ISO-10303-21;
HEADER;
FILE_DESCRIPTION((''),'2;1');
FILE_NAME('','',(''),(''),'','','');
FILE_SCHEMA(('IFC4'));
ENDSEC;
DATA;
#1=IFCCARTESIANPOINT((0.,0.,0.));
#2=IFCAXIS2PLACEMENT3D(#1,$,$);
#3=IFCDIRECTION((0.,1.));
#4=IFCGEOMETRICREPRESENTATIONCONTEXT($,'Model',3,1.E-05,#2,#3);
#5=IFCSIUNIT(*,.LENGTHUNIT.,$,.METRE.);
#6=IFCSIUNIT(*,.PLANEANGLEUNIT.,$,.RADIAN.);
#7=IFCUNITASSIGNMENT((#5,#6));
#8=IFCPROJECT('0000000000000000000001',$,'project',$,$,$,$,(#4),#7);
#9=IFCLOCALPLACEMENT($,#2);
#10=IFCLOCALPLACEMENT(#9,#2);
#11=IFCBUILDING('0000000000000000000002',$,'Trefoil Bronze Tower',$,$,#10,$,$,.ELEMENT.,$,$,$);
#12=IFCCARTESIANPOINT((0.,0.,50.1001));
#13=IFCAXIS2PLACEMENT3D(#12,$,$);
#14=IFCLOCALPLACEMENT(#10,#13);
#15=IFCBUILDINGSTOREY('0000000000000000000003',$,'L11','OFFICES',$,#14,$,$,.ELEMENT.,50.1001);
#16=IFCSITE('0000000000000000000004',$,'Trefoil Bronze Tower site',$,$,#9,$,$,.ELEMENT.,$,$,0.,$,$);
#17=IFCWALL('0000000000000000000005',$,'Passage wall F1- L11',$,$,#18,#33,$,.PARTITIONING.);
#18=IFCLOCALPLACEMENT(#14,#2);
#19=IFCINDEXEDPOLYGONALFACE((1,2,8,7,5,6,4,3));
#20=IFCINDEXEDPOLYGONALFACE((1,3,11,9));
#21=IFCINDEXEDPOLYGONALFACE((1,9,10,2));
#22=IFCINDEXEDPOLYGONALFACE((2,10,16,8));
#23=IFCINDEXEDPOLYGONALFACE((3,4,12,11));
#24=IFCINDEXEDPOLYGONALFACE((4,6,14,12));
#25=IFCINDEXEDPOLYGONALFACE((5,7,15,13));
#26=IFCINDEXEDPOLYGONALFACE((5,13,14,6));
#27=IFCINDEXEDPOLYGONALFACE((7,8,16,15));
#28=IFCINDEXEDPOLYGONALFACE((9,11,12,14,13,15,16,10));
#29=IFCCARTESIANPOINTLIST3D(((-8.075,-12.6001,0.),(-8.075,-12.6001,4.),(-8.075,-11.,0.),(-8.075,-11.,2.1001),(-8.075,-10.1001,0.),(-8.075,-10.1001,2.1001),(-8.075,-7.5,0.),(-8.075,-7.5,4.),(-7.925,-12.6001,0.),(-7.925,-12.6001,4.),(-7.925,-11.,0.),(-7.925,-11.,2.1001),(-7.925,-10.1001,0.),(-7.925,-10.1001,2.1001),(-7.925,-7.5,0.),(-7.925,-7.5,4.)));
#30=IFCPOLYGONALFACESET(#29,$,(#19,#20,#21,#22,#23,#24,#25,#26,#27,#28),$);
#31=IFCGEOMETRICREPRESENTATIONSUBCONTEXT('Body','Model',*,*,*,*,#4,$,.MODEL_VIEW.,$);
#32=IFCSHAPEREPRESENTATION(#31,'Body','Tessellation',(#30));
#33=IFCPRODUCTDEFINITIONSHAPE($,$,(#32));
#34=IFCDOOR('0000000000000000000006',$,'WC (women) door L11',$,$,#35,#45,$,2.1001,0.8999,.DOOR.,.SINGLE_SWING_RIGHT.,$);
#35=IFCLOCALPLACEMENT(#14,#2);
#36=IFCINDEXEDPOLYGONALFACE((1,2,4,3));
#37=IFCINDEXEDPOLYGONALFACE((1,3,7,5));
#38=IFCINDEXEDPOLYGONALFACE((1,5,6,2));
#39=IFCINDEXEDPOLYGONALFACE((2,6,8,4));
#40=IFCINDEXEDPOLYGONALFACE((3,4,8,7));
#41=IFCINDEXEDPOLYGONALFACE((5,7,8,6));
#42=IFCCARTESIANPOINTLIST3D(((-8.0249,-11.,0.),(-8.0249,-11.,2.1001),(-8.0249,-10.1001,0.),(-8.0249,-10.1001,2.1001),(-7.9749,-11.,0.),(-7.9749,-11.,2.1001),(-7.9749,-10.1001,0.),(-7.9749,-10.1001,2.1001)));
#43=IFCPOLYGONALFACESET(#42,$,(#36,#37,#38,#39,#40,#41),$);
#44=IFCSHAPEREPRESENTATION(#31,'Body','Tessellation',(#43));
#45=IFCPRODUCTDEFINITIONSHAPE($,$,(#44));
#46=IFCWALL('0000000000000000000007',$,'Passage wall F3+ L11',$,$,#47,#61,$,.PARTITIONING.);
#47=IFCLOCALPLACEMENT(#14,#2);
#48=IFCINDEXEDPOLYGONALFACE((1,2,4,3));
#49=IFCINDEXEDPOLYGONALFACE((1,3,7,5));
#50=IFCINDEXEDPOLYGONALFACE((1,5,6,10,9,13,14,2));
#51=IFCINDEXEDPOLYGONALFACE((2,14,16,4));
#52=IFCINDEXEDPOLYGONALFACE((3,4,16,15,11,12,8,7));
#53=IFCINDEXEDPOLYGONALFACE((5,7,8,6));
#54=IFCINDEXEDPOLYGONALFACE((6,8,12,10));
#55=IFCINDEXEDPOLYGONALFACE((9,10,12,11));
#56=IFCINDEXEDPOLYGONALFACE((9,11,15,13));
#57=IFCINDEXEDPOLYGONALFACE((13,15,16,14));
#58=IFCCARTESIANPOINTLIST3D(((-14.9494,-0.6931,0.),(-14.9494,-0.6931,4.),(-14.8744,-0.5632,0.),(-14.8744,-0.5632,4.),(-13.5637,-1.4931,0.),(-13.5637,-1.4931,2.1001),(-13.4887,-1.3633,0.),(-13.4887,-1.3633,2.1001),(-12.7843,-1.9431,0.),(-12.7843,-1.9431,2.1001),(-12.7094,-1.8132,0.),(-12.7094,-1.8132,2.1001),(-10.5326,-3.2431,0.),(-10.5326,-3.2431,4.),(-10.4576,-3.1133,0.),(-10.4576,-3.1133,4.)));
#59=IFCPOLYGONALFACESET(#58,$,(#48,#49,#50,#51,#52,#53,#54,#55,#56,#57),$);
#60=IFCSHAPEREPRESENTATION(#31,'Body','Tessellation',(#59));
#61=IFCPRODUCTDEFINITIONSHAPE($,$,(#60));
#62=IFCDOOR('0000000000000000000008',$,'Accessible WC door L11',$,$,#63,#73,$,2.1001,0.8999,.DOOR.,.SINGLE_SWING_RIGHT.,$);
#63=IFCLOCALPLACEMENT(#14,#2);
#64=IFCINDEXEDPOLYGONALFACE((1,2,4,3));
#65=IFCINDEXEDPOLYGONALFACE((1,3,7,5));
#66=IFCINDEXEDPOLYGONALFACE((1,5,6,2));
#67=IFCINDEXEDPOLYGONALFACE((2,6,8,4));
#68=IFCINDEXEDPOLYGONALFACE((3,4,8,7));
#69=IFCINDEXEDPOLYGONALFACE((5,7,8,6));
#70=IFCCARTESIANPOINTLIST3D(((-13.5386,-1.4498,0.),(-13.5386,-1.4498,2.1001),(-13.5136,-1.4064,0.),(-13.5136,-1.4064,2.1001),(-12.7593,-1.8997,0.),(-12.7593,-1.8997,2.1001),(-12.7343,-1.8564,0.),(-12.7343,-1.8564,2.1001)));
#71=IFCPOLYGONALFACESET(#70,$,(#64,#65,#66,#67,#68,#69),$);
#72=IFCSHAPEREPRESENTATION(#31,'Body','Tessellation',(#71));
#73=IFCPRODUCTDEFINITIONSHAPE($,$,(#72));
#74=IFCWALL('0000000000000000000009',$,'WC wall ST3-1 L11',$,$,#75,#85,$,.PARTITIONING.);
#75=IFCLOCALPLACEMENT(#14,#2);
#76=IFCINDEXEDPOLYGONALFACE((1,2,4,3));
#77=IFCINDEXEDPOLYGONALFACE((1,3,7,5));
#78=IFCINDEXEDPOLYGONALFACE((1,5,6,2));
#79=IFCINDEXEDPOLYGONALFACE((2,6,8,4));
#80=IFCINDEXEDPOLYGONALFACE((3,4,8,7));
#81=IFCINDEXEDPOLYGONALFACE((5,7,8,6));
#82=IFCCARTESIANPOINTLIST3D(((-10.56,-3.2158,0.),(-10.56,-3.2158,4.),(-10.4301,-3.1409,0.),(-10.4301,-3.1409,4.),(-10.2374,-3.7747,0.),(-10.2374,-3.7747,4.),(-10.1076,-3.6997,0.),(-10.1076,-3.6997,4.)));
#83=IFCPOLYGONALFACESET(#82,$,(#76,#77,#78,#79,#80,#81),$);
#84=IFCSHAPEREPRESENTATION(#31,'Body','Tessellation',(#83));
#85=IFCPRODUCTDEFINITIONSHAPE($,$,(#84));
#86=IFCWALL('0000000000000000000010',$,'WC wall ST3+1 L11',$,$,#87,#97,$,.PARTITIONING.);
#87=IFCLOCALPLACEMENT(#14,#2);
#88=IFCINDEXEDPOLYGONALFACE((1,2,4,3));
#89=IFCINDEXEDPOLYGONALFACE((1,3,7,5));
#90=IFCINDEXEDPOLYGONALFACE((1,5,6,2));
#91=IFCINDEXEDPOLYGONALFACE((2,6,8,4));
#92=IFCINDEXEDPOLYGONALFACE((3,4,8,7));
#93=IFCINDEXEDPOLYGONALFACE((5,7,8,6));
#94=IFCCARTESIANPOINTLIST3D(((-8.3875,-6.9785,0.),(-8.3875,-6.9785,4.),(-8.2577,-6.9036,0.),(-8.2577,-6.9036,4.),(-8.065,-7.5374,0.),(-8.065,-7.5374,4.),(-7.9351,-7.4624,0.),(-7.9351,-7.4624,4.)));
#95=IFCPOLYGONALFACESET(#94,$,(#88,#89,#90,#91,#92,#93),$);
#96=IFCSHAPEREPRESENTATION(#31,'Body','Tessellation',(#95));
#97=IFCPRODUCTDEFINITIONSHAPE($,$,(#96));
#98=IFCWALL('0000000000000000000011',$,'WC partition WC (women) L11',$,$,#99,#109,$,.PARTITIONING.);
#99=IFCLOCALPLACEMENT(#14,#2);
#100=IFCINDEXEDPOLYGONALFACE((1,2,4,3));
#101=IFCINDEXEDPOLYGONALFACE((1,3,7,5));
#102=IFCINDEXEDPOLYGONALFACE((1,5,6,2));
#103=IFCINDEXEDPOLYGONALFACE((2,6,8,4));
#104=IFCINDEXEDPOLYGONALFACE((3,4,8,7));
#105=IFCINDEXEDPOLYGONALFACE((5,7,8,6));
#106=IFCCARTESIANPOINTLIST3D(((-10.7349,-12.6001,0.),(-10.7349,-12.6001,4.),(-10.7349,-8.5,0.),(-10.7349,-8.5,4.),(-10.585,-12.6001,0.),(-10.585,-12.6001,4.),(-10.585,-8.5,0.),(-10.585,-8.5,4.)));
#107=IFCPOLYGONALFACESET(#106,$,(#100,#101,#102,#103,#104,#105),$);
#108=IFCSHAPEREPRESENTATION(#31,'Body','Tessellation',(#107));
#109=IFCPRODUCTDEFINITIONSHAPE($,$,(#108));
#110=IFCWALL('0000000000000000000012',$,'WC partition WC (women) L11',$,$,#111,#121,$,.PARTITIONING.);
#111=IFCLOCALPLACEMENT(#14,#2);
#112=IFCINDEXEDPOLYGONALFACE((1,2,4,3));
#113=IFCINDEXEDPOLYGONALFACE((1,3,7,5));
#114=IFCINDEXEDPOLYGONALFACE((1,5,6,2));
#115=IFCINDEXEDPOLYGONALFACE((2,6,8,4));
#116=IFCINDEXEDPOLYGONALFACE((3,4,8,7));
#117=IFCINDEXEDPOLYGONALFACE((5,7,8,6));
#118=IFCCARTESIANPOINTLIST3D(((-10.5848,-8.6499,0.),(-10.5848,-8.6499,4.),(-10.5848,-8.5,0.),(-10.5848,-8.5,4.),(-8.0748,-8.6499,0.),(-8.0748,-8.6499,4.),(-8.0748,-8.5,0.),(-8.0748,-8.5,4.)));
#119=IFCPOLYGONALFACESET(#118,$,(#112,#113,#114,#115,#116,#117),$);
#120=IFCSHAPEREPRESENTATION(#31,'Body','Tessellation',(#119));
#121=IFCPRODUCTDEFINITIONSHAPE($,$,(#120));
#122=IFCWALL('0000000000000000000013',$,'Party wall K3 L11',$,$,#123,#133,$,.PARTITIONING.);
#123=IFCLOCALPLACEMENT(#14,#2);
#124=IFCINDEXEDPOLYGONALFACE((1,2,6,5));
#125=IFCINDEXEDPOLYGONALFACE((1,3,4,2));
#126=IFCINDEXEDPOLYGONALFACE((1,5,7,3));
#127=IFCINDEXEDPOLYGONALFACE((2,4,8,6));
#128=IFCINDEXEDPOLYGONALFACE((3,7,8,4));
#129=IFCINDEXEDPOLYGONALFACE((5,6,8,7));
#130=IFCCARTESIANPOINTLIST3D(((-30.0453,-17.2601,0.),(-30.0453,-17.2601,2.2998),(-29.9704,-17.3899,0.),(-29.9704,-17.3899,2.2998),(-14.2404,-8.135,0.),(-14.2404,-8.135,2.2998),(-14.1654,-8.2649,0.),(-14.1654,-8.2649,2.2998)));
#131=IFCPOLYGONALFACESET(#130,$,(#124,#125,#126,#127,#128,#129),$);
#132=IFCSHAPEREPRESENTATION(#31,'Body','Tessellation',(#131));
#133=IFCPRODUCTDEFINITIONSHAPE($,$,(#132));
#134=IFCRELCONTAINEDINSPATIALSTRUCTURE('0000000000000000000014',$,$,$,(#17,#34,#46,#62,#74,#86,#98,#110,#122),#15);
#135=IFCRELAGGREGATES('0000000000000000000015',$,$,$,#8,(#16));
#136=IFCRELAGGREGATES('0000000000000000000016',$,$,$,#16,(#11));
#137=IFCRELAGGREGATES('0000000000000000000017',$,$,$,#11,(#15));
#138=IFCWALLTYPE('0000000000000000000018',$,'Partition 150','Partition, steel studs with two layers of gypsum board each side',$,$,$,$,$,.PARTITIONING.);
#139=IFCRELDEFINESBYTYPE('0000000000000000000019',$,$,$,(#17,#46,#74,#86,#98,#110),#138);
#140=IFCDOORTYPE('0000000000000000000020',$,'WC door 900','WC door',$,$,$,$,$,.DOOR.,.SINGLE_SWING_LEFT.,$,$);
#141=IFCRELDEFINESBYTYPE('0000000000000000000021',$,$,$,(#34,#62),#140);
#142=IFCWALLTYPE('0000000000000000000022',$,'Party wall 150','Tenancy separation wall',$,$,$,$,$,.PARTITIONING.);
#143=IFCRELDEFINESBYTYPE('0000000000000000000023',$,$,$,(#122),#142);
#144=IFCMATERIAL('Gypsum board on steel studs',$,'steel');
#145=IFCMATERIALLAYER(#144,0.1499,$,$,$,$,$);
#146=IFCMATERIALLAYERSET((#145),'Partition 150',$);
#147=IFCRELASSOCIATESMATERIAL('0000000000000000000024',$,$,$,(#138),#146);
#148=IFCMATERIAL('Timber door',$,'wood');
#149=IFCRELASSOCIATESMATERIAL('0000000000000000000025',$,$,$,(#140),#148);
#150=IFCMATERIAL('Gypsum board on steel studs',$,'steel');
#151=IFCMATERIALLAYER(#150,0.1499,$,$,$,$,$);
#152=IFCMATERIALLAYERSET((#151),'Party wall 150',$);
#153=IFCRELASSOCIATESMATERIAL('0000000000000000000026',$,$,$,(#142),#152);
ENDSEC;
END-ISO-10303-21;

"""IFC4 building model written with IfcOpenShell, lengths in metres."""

from ifc_helpers import new_model, si_unit, direction, frame, frame_2d, origin, place, context, subcontext, project, spatial, rectangle, extrude, material, layer, layer_set, type_object, element, fill, save


model = new_model("IFC4")

# Units and contexts
model_context = context("Model", 3, precision=1e-05, world=origin(), true_north=direction((0.0, 1.0)))
body_context = subcontext(model_context, "Body", "Model", "MODEL_VIEW")
ifc_project = project(units=[si_unit("LENGTHUNIT", "METRE"), si_unit("PLANEANGLEUNIT", "RADIAN")], contexts=[model_context])

# Site, building, storey
site_placement = place(None, origin())
site = spatial("IfcSite", under=ifc_project, at=site_placement, Name="Trefoil Bronze Tower site", CompositionType="ELEMENT", RefElevation=0.0)
building_placement = place(site_placement, origin())
building = spatial("IfcBuilding", under=site, at=building_placement, Name="Trefoil Bronze Tower", CompositionType="ELEMENT")
storey_placement = place(building_placement, frame((0.0, 0.0, 50.1001)))
storey = spatial("IfcBuildingStorey", under=building, at=storey_placement, Name="L11", Description="OFFICES", CompositionType="ELEMENT", Elevation=50.1001)

# Walls, openings, doors
ifc_material_1 = material(Name="Gypsum board on steel studs", Category="steel")
ifc_layer_1 = layer(ifc_material_1, 0.1499)
ifc_layer_set_1 = layer_set([ifc_layer_1], Name="Partition 150")
wall_type_1 = type_object("IfcWallType", Name="Partition 150", Description="Partition, steel studs with two layers of gypsum board each side", PredefinedType="PARTITIONING", material=ifc_layer_set_1)
wall_1_placement = place(storey_placement, frame((-8.0, -7.5, 0.0), z_axis=(0.0, 0.0, 1.0), x_axis=(0.0, -1.0, 0.0)))
wall_1 = element("IfcWall", 1, at=wall_1_placement, inside=storey, type_object=wall_type_1, Name="Passage wall F1- L11", PredefinedType="PARTITIONING", context=body_context, shape_type="SweptSolid", body=[
    extrude(rectangle(XDim=5.1001, YDim=0.1499, at=frame_2d((2.55, 0.0))), origin(), (0.0, 0.0, 1.0), 4.0),
])
opening_1_placement = place(wall_1_placement, frame((2.6001, 0.0, 0.0)))
opening_1 = element("IfcOpeningElement", 2, at=opening_1_placement, cuts=wall_1, PredefinedType="OPENING", context=body_context, shape_type="SweptSolid", body=[
    extrude(rectangle(XDim=0.8999, YDim=2.1001, at=frame_2d((0.45, 1.05))), frame((0.0, 0.085, 0.0), z_axis=(0.0, -1.0, 0.0), x_axis=(1.0, 0.0, 0.0)), (0.0, 0.0, 1.0), 0.1699),
])
ifc_material_2 = material(Name="Timber door", Category="wood")
door_type_1 = type_object("IfcDoorType", Name="WC door 900", Description="WC door", OperationType="SINGLE_SWING_LEFT", PredefinedType="DOOR", material=ifc_material_2)
door_1_placement = place(opening_1_placement, frame((0.8999, 0.0, 0.0), z_axis=(0.0, 0.0, 1.0), x_axis=(-1.0, 0.0, 0.0)))
door_1 = element("IfcDoor", 3, at=door_1_placement, inside=storey, type_object=door_type_1, Name="WC (women) door L11", OperationType="SINGLE_SWING_RIGHT", OverallHeight=2.1001, OverallWidth=0.8999, PredefinedType="DOOR", context=body_context, shape_type="SweptSolid", body=[
    extrude(rectangle(XDim=0.8999, YDim=2.1001, at=frame_2d((0.45, 1.05))), frame((0.0, 0.0249, 0.0), z_axis=(0.0, -1.0, 0.0), x_axis=(1.0, 0.0, 0.0)), (0.0, 0.0, 1.0), 0.05),
])
fill(opening_1, door_1)
wall_2_placement = place(storey_placement, frame((-10.4951, -3.1782, 0.0), z_axis=(0.0, 0.0, 1.0), x_axis=(-0.866022, 0.500006, 0.0)))
wall_2 = element("IfcWall", 4, at=wall_2_placement, inside=storey, type_object=wall_type_1, Name="Passage wall F3+ L11", PredefinedType="PARTITIONING", context=body_context, shape_type="SweptSolid", body=[
    extrude(rectangle(XDim=5.1001, YDim=0.1499, at=frame_2d((2.55, 0.0))), origin(), (0.0, 0.0, 1.0), 4.0),
])
opening_2_placement = place(wall_2_placement, frame((2.6001, 0.0, 0.0)))
opening_2 = element("IfcOpeningElement", 5, at=opening_2_placement, cuts=wall_2, PredefinedType="OPENING", context=body_context, shape_type="SweptSolid", body=[
    extrude(rectangle(XDim=0.8999, YDim=2.1001, at=frame_2d((0.45, 1.05))), frame((0.0, 0.085, 0.0), z_axis=(0.0, -1.0, 0.0), x_axis=(1.0, 0.0, 0.0)), (0.0, 0.0, 1.0), 0.1699),
])
door_2_placement = place(opening_2_placement, origin())
door_2 = element("IfcDoor", 6, at=door_2_placement, inside=storey, type_object=door_type_1, Name="Accessible WC door L11", OperationType="SINGLE_SWING_RIGHT", OverallHeight=2.1001, OverallWidth=0.8999, PredefinedType="DOOR", context=body_context, shape_type="SweptSolid", body=[
    extrude(rectangle(XDim=0.8999, YDim=2.1001, at=frame_2d((0.45, 1.05))), frame((0.0, 0.0249, 0.0), z_axis=(0.0, -1.0, 0.0), x_axis=(1.0, 0.0, 0.0)), (0.0, 0.0, 1.0), 0.05),
])
fill(opening_2, door_2)

# Walls
for number, where, z_axis, x_axis, name in (
    (7, (-10.4951, -3.1782, 0.0), (0.0, 0.0, 1.0), (0.499843, -0.866116, 0.0), "WC wall ST3-1 L11"),
    (8, (-8.0, -7.5, 0.0), (0.0, 0.0, 1.0), (-0.499843, 0.866116, 0.0), "WC wall ST3+1 L11"),
):
    element("IfcWall", number, at=place(storey_placement, frame(where, z_axis=z_axis, x_axis=x_axis)), inside=storey, type_object=wall_type_1, Name=name, PredefinedType="PARTITIONING", context=body_context, shape_type="SweptSolid", body=[
        extrude(rectangle(XDim=0.6453, YDim=0.1499, at=frame_2d((0.3228, 0.0))), origin(), (0.0, 0.0, 1.0), 4.0),
    ])
wall_3_placement = place(storey_placement, frame((-10.6599, -8.5, 0.0), z_axis=(0.0, 0.0, 1.0), x_axis=(0.0, -1.0, 0.0)))
element("IfcWall", 9, at=wall_3_placement, inside=storey, type_object=wall_type_1, Name="WC partition WC (women) L11", PredefinedType="PARTITIONING", context=body_context, shape_type="SweptSolid", body=[
    extrude(rectangle(XDim=4.1001, YDim=0.1499, at=frame_2d((2.05, 0.0))), origin(), (0.0, 0.0, 1.0), 4.0),
])
wall_4_placement = place(storey_placement, frame((-8.075, -8.575, 0.0), z_axis=(0.0, 0.0, 1.0), x_axis=(-1.0, 0.0, 0.0)))
element("IfcWall", 10, at=wall_4_placement, inside=storey, type_object=wall_type_1, Name="WC partition WC (women) L11", PredefinedType="PARTITIONING", context=body_context, shape_type="SweptSolid", body=[
    extrude(rectangle(XDim=2.51, YDim=0.1499, at=frame_2d((1.2549, 0.0))), origin(), (0.0, 0.0, 1.0), 4.0),
])
ifc_material_3 = material(Name="Gypsum board on steel studs", Category="steel")
ifc_layer_2 = layer(ifc_material_3, 0.1499)
ifc_layer_set_2 = layer_set([ifc_layer_2], Name="Party wall 150")
wall_type_2 = type_object("IfcWallType", Name="Party wall 150", Description="Tenancy separation wall", PredefinedType="PARTITIONING", material=ifc_layer_set_2)
wall_5_placement = place(storey_placement, frame((-14.2029, -8.2, 0.0), z_axis=(0.0, 0.0, 1.0), x_axis=(-0.866025, -0.500001, 0.0)))
element("IfcWall", 11, at=wall_5_placement, inside=storey, type_object=wall_type_2, Name="Party wall K3 L11", PredefinedType="PARTITIONING", context=body_context, shape_type="SweptSolid", body=[
    extrude(rectangle(XDim=18.25, YDim=0.1499, at=frame_2d((9.125, 0.0))), origin(), (0.0, 0.0, 1.0), 2.2998),
])

save(model, "model.ifc")
